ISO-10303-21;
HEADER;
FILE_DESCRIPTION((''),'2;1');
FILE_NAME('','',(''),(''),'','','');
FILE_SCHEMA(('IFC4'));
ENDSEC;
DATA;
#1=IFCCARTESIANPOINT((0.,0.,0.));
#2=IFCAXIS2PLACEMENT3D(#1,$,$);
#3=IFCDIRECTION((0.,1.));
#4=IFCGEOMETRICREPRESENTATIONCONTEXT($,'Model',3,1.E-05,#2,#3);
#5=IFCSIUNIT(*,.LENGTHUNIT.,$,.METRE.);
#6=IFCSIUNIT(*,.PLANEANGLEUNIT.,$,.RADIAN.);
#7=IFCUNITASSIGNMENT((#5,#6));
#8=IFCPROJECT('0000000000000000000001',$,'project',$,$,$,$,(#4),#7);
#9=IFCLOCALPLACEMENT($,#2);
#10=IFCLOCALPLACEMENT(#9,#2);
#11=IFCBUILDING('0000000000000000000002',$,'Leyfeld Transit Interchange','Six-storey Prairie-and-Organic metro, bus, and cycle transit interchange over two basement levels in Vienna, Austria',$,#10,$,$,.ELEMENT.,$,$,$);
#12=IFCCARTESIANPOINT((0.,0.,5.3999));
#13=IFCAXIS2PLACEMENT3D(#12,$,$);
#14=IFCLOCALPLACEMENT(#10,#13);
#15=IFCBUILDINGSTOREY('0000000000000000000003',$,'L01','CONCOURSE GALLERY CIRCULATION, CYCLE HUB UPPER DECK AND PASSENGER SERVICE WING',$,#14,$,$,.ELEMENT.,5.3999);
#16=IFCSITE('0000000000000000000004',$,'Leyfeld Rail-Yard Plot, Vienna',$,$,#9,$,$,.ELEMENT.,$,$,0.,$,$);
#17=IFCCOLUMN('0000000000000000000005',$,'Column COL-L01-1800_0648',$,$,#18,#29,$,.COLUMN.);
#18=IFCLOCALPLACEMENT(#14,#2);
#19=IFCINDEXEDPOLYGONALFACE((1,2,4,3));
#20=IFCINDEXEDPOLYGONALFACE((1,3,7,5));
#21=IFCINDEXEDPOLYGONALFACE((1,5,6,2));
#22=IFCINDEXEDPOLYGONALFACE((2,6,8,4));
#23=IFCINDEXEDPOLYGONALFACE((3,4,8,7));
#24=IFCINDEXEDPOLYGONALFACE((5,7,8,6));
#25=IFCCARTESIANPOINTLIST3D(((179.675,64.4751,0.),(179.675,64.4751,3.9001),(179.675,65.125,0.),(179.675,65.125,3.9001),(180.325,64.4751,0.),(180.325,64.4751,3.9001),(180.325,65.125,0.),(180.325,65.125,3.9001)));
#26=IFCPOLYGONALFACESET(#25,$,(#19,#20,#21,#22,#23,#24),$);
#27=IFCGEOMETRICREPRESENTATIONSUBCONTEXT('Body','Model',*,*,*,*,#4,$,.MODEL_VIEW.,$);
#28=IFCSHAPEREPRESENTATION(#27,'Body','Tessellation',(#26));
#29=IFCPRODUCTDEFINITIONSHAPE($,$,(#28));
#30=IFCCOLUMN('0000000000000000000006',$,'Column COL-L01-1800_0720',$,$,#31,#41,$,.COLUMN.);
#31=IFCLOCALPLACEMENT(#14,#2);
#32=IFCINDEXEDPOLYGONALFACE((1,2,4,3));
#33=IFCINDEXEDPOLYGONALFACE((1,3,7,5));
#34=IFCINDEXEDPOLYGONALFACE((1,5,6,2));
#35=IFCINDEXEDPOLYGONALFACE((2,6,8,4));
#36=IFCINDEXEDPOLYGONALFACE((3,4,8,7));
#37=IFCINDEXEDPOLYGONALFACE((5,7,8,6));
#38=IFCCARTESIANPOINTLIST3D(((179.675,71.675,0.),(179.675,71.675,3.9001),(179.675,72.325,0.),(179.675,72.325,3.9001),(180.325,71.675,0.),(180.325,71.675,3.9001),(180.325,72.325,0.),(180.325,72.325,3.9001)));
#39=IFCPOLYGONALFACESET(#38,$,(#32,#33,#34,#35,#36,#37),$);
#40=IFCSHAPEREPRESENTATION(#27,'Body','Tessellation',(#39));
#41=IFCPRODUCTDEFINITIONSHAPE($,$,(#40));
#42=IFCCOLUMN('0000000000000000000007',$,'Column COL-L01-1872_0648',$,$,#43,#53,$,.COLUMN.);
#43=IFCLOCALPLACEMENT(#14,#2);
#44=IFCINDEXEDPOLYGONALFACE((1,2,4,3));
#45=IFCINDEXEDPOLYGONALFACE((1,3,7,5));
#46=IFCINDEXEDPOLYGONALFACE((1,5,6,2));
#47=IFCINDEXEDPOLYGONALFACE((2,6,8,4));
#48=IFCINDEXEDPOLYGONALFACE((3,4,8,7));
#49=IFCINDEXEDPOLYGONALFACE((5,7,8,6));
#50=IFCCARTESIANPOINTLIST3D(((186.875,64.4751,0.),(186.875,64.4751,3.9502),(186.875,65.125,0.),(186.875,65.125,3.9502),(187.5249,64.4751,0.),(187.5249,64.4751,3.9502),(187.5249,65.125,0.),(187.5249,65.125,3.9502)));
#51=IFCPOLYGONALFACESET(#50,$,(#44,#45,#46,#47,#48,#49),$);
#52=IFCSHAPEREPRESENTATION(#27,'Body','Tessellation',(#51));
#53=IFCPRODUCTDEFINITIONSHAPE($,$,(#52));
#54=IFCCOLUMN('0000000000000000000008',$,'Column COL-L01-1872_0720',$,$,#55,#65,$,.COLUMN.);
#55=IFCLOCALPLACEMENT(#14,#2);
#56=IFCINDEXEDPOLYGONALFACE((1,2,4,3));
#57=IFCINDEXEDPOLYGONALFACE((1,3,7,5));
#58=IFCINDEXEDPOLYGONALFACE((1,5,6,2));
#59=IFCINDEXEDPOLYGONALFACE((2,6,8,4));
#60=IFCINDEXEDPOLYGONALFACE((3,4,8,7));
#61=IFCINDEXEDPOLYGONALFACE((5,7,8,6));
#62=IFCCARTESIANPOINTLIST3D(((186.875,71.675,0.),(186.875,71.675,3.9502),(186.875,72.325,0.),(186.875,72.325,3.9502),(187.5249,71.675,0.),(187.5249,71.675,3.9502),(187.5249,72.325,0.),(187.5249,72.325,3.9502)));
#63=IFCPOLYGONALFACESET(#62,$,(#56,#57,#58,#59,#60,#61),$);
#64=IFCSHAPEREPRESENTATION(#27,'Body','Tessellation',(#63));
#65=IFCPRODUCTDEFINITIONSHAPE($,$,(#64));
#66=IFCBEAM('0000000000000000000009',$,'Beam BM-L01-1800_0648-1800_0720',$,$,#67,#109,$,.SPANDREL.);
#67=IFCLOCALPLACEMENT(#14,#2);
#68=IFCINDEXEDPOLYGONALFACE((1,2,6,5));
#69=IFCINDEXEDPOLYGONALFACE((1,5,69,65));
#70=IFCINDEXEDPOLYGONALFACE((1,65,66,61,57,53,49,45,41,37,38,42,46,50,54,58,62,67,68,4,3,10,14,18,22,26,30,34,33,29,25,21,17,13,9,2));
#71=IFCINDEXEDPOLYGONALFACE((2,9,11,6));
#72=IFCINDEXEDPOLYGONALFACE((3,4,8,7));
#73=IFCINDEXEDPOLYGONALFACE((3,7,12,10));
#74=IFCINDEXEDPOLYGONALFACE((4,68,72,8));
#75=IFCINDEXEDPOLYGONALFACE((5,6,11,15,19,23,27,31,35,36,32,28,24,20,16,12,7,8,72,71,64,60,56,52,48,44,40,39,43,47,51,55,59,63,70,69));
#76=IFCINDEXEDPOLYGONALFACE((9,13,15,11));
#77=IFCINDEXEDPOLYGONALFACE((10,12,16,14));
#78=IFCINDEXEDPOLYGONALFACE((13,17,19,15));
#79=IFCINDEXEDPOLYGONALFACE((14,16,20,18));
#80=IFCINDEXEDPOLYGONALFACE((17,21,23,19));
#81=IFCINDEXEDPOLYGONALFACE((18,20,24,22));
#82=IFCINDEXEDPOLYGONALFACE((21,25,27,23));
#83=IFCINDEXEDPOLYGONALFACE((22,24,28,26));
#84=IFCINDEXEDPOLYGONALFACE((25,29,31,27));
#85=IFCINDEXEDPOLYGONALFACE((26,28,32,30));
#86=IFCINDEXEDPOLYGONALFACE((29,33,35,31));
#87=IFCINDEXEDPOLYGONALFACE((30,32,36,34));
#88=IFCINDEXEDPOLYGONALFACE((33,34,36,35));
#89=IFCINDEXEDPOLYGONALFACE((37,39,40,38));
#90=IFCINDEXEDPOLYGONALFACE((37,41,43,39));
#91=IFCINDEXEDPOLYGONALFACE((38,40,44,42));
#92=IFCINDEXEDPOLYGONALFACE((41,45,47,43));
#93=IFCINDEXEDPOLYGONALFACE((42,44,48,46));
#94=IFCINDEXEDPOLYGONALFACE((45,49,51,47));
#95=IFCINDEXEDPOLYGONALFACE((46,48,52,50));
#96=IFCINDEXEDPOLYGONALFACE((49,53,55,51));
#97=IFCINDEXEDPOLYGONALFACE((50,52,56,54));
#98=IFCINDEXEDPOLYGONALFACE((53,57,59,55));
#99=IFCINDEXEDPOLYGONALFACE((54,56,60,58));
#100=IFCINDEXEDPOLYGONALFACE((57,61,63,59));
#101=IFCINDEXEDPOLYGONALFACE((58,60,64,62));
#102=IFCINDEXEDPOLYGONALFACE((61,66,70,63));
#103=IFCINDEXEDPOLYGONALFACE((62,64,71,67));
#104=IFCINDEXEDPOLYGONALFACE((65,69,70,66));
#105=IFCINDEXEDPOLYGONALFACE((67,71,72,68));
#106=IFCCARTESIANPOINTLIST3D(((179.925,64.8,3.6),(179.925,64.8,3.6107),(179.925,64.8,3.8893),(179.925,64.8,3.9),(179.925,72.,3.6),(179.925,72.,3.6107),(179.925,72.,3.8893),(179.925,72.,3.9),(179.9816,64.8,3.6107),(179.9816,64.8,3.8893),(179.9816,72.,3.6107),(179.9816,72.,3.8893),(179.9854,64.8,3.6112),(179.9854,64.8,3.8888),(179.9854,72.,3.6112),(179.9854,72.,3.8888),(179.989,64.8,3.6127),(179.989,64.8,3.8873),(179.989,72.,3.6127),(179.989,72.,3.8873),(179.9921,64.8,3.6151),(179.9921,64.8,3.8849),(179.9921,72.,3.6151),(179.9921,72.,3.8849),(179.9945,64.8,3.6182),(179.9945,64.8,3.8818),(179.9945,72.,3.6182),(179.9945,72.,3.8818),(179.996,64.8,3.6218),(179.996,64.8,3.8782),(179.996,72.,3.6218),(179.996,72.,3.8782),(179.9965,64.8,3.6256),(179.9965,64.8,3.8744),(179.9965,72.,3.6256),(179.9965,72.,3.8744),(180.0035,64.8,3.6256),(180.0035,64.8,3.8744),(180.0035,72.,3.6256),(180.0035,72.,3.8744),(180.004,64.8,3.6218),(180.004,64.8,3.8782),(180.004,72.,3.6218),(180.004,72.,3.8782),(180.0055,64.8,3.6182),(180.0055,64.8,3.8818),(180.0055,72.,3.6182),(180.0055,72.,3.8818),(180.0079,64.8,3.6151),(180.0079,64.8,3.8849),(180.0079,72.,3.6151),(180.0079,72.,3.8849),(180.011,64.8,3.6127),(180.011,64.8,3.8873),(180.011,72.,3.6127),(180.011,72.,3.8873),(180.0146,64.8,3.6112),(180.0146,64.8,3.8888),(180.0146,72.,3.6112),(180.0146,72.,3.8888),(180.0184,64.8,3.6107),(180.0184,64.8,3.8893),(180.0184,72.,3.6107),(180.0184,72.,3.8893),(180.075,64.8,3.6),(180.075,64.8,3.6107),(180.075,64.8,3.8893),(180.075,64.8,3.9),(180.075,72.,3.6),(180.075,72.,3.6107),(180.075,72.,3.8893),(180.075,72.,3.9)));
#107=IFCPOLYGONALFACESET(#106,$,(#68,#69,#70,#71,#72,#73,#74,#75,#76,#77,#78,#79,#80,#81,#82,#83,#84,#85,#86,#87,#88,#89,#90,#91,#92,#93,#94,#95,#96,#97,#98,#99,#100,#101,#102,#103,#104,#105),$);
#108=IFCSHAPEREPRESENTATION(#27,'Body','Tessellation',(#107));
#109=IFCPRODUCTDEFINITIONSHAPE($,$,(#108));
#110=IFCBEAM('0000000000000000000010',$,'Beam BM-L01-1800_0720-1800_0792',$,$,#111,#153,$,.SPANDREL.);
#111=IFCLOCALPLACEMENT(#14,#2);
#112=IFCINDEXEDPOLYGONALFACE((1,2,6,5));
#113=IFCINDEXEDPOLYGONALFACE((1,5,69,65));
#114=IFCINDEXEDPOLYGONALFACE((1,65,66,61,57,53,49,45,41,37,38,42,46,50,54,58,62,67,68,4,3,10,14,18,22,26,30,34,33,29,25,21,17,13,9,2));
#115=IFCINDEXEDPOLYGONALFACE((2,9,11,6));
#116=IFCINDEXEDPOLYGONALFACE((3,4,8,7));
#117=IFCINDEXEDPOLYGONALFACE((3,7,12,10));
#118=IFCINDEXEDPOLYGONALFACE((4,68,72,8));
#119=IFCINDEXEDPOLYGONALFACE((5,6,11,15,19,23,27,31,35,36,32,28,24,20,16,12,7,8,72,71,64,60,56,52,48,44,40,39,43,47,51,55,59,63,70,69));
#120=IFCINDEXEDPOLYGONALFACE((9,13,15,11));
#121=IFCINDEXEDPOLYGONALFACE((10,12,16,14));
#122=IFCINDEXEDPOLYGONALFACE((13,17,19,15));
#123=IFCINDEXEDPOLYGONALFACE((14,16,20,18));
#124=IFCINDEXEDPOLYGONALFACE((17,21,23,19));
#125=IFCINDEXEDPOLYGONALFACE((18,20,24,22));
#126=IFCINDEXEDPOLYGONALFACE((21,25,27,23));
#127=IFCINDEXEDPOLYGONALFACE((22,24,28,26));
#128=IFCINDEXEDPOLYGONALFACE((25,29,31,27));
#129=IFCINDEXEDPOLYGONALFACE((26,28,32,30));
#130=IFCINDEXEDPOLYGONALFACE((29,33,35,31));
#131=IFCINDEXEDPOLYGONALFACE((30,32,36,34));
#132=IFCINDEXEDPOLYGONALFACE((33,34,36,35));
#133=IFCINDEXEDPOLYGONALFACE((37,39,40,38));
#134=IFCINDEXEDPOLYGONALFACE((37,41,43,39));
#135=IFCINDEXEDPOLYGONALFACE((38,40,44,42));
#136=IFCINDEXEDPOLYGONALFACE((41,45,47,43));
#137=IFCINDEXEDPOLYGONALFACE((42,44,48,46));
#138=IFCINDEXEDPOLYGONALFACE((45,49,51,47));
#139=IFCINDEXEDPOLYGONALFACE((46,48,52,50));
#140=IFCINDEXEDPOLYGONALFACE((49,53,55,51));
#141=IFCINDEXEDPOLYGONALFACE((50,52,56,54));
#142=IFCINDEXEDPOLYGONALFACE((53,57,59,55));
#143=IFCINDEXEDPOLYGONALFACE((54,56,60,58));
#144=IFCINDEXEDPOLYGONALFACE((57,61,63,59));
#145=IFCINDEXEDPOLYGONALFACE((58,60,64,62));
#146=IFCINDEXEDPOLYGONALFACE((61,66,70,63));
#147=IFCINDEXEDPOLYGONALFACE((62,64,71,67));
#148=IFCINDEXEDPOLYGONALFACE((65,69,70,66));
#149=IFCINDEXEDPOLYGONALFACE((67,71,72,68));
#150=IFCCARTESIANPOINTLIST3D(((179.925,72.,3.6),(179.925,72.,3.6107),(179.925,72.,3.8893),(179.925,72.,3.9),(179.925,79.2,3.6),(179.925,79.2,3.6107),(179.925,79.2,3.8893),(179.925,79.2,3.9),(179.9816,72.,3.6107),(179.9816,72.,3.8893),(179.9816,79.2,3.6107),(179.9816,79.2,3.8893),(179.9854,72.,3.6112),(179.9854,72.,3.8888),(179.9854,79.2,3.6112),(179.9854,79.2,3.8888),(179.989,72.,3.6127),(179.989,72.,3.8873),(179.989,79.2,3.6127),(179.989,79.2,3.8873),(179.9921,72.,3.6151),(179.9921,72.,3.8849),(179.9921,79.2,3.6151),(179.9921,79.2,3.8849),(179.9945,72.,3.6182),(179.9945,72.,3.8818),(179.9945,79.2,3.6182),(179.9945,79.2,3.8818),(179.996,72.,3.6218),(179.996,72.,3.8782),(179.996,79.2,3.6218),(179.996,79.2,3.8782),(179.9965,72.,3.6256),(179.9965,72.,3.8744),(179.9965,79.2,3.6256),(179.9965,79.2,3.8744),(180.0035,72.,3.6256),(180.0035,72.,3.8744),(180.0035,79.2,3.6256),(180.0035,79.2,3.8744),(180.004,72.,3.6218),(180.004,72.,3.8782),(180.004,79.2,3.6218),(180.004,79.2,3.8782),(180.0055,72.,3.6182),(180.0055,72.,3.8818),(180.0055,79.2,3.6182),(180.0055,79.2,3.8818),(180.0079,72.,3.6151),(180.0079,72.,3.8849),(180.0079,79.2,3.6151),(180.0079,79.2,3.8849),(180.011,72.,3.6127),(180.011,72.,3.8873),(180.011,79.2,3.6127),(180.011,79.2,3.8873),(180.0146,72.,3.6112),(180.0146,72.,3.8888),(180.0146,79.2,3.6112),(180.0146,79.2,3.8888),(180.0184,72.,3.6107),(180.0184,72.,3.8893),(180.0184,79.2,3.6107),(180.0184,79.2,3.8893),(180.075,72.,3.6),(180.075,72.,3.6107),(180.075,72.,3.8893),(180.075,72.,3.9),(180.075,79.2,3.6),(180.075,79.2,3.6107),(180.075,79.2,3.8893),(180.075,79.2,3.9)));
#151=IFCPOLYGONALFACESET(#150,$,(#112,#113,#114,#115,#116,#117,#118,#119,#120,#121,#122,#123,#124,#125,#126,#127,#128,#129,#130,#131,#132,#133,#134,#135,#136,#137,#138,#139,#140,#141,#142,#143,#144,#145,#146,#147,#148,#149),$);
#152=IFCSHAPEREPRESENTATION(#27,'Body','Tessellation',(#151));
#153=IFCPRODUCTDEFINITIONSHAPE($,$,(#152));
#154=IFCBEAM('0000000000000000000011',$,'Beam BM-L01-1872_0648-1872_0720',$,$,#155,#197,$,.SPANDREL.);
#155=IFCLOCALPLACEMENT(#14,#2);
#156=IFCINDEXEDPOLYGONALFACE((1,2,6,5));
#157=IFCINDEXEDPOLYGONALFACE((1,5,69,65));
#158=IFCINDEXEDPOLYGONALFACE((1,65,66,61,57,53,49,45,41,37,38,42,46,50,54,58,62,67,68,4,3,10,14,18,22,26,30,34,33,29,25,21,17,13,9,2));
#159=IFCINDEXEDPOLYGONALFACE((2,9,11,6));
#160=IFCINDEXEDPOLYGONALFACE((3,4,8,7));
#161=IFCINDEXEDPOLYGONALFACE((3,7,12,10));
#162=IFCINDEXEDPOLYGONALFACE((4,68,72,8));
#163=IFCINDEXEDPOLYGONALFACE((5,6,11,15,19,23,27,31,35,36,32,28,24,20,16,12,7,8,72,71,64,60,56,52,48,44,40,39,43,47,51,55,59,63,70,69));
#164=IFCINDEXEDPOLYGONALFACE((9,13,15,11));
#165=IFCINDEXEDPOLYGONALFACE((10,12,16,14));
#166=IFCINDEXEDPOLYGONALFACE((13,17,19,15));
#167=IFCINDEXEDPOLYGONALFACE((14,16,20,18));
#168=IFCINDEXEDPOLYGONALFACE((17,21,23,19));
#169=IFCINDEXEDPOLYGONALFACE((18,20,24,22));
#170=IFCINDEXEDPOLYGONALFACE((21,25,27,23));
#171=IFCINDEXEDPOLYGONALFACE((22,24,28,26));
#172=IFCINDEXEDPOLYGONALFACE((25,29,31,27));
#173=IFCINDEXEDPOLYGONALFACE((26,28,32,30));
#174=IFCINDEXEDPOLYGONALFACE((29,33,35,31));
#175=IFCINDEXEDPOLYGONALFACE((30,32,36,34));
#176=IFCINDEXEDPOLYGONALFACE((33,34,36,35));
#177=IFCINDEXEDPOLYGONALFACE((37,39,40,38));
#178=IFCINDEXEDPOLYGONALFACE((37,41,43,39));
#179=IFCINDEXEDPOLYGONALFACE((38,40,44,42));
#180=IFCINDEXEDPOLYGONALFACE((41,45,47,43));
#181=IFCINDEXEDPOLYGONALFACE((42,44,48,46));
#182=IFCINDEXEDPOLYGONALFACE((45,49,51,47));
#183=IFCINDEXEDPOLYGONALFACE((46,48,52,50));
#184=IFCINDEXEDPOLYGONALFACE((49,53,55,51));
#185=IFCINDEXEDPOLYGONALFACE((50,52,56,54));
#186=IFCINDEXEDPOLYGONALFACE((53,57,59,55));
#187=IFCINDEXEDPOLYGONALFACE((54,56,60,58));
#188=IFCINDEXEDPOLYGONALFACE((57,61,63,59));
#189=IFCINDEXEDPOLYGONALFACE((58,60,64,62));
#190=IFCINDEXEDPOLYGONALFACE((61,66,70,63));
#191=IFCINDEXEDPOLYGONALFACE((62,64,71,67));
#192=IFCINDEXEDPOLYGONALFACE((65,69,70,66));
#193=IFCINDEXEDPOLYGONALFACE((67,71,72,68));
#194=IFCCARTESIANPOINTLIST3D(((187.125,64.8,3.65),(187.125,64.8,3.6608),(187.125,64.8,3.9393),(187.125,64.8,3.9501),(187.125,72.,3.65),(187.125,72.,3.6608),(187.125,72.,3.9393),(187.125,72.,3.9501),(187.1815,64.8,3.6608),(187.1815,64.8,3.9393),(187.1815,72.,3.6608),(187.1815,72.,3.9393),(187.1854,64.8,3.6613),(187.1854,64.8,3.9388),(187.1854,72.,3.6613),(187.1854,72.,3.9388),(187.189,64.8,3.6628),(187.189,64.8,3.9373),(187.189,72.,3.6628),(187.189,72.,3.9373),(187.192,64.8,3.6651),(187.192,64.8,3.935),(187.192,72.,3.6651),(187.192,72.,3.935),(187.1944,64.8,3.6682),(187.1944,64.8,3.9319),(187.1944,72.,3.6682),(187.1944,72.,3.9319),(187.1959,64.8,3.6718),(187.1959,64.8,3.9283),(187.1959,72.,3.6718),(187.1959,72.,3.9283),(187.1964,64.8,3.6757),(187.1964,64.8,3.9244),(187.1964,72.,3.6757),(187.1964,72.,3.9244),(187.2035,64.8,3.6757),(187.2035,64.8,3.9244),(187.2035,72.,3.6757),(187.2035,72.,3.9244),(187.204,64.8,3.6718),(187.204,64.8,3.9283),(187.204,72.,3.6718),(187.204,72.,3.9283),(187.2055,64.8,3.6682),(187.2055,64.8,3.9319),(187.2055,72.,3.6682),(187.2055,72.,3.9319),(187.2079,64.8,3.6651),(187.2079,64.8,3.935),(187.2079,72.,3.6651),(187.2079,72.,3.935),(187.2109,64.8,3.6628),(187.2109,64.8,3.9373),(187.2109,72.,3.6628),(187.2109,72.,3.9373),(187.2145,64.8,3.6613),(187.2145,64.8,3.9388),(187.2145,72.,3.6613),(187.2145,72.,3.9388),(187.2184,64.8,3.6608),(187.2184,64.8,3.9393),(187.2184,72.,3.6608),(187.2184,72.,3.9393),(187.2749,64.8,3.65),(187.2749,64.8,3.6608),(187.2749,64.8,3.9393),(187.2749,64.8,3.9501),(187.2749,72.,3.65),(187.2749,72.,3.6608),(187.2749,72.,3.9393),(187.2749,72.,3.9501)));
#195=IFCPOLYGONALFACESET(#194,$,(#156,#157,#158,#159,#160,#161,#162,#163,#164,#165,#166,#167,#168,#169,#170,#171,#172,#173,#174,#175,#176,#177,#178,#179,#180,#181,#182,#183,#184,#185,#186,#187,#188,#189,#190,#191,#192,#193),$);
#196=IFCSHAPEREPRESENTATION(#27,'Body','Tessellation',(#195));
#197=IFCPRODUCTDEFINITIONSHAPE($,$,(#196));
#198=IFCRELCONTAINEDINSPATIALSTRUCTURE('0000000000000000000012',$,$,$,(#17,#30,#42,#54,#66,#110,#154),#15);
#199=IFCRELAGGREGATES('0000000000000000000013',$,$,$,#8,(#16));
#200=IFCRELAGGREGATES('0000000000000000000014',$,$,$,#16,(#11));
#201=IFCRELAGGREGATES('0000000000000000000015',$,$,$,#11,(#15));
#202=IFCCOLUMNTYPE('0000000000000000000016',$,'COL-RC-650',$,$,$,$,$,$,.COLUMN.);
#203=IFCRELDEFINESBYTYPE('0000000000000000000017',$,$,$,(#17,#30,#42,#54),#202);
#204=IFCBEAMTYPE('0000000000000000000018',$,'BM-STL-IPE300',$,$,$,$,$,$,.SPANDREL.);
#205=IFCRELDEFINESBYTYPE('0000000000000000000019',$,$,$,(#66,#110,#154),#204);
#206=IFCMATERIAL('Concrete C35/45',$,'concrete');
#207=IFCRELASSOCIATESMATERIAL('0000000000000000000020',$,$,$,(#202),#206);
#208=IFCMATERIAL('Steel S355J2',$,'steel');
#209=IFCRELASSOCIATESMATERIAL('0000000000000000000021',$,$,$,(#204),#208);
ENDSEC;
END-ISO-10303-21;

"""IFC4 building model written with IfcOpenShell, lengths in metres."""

from ifc_helpers import new_model, si_unit, direction, frame, origin, origin_2d, place, context, subcontext, project, spatial, rectangle, i_section, extrude, material, material_profile, profile_set, type_object, element, save


model = new_model("IFC4")

# Units and contexts
model_context = context("Model", 3, precision=1e-05, world=origin(), true_north=direction((0.0, 1.0)))
body_context = subcontext(model_context, "Body", "Model", "MODEL_VIEW")
ifc_project = project(units=[si_unit("LENGTHUNIT", "METRE"), si_unit("PLANEANGLEUNIT", "RADIAN")], contexts=[model_context])

# Site, building, storey
site_placement = place(None, origin())
site = spatial("IfcSite", under=ifc_project, at=site_placement, Name="Leyfeld Rail-Yard Plot, Vienna", CompositionType="ELEMENT", RefElevation=0.0)
building_placement = place(site_placement, origin())
building = spatial("IfcBuilding", under=site, at=building_placement, Name="Leyfeld Transit Interchange", Description="Six-storey Prairie-and-Organic metro, bus, and cycle transit interchange over two basement levels in Vienna, Austria", CompositionType="ELEMENT")
storey_placement = place(building_placement, frame((0.0, 0.0, 5.3999)))
storey = spatial("IfcBuildingStorey", under=building, at=storey_placement, Name="L01", Description="CONCOURSE GALLERY CIRCULATION, CYCLE HUB UPPER DECK AND PASSENGER SERVICE WING", CompositionType="ELEMENT", Elevation=5.3999)

# Columns
ifc_material_1 = material(Name="Concrete C35/45", Category="concrete")
ifc_material_profile_1 = material_profile(ifc_material_1, rectangle(XDim=0.6499, YDim=0.6499, at=origin_2d()), Name="RC 650x650")
ifc_profile_set_1 = profile_set([ifc_material_profile_1], Name="Concrete C35/45")
column_type = type_object("IfcColumnType", Name="COL-RC-650", PredefinedType="COLUMN", material=ifc_profile_set_1)
for number, where, z_axis, x_axis, name in (
    (1, (180.0, 64.8, 0.0), (0.0, 0.0, 1.0), (1.0, 0.0, 0.0), "Column COL-L01-1800_0648"),
    (2, (180.0, 72.0, 0.0), (0.0, 0.0, 1.0), (1.0, 0.0, 0.0), "Column COL-L01-1800_0720"),
):
    element("IfcColumn", number, at=place(storey_placement, frame(where, z_axis=z_axis, x_axis=x_axis)), inside=storey, type_object=column_type, Name=name, PredefinedType="COLUMN", context=body_context, shape_type="SweptSolid", body=[
        extrude(rectangle(XDim=0.6499, YDim=0.6499, at=origin_2d()), origin(), (0.0, 0.0, 1.0), 3.9001),
    ])
for number, where, z_axis, x_axis, name in (
    (3, (187.2, 64.8, 0.0), (0.0, 0.0, 1.0), (1.0, 0.0, 0.0), "Column COL-L01-1872_0648"),
    (4, (187.2, 72.0, 0.0), (0.0, 0.0, 1.0), (1.0, 0.0, 0.0), "Column COL-L01-1872_0720"),
):
    element("IfcColumn", number, at=place(storey_placement, frame(where, z_axis=z_axis, x_axis=x_axis)), inside=storey, type_object=column_type, Name=name, PredefinedType="COLUMN", context=body_context, shape_type="SweptSolid", body=[
        extrude(rectangle(XDim=0.6499, YDim=0.6499, at=origin_2d()), origin(), (0.0, 0.0, 1.0), 3.9502),
    ])

# Beams
ifc_material_2 = material(Name="Steel S355J2", Category="steel")
ifc_material_profile_2 = material_profile(ifc_material_2, i_section(OverallWidth=0.1499, OverallDepth=0.3, WebThickness=0.0071, FlangeThickness=0.0107, FilletRadius=0.0149, at=origin_2d()), Name="IPE 300")
ifc_profile_set_2 = profile_set([ifc_material_profile_2], Name="Steel S355J2")
beam_type_1 = type_object("IfcBeamType", Name="BM-STL-IPE300", PredefinedType="SPANDREL", material=ifc_profile_set_2)
for number, where, z_axis, x_axis, name in (
    (5, (180.0, 64.8, 3.75), (0.0, 1.0, 0.0), (-1.0, 0.0, 0.0), "Beam BM-L01-1800_0648-1800_0720"),
    (6, (180.0, 72.0, 3.75), (0.0, 1.0, 0.0), (-1.0, 0.0, 0.0), "Beam BM-L01-1800_0720-1800_0792"),
    (7, (187.2, 64.8, 3.8), (0.0, 1.0, 0.0), (-1.0, 0.0, 0.0), "Beam BM-L01-1872_0648-1872_0720"),
):
    element("IfcBeam", number, at=place(storey_placement, frame(where, z_axis=z_axis, x_axis=x_axis)), inside=storey, type_object=beam_type_1, Name=name, PredefinedType="SPANDREL", context=body_context, shape_type="SweptSolid", body=[
        extrude(i_section(OverallWidth=0.1499, OverallDepth=0.3, WebThickness=0.0071, FlangeThickness=0.0107, FilletRadius=0.0149, at=origin_2d()), origin(), (0.0, 0.0, 1.0), 7.2),
    ])

save(model, "model.ifc")
